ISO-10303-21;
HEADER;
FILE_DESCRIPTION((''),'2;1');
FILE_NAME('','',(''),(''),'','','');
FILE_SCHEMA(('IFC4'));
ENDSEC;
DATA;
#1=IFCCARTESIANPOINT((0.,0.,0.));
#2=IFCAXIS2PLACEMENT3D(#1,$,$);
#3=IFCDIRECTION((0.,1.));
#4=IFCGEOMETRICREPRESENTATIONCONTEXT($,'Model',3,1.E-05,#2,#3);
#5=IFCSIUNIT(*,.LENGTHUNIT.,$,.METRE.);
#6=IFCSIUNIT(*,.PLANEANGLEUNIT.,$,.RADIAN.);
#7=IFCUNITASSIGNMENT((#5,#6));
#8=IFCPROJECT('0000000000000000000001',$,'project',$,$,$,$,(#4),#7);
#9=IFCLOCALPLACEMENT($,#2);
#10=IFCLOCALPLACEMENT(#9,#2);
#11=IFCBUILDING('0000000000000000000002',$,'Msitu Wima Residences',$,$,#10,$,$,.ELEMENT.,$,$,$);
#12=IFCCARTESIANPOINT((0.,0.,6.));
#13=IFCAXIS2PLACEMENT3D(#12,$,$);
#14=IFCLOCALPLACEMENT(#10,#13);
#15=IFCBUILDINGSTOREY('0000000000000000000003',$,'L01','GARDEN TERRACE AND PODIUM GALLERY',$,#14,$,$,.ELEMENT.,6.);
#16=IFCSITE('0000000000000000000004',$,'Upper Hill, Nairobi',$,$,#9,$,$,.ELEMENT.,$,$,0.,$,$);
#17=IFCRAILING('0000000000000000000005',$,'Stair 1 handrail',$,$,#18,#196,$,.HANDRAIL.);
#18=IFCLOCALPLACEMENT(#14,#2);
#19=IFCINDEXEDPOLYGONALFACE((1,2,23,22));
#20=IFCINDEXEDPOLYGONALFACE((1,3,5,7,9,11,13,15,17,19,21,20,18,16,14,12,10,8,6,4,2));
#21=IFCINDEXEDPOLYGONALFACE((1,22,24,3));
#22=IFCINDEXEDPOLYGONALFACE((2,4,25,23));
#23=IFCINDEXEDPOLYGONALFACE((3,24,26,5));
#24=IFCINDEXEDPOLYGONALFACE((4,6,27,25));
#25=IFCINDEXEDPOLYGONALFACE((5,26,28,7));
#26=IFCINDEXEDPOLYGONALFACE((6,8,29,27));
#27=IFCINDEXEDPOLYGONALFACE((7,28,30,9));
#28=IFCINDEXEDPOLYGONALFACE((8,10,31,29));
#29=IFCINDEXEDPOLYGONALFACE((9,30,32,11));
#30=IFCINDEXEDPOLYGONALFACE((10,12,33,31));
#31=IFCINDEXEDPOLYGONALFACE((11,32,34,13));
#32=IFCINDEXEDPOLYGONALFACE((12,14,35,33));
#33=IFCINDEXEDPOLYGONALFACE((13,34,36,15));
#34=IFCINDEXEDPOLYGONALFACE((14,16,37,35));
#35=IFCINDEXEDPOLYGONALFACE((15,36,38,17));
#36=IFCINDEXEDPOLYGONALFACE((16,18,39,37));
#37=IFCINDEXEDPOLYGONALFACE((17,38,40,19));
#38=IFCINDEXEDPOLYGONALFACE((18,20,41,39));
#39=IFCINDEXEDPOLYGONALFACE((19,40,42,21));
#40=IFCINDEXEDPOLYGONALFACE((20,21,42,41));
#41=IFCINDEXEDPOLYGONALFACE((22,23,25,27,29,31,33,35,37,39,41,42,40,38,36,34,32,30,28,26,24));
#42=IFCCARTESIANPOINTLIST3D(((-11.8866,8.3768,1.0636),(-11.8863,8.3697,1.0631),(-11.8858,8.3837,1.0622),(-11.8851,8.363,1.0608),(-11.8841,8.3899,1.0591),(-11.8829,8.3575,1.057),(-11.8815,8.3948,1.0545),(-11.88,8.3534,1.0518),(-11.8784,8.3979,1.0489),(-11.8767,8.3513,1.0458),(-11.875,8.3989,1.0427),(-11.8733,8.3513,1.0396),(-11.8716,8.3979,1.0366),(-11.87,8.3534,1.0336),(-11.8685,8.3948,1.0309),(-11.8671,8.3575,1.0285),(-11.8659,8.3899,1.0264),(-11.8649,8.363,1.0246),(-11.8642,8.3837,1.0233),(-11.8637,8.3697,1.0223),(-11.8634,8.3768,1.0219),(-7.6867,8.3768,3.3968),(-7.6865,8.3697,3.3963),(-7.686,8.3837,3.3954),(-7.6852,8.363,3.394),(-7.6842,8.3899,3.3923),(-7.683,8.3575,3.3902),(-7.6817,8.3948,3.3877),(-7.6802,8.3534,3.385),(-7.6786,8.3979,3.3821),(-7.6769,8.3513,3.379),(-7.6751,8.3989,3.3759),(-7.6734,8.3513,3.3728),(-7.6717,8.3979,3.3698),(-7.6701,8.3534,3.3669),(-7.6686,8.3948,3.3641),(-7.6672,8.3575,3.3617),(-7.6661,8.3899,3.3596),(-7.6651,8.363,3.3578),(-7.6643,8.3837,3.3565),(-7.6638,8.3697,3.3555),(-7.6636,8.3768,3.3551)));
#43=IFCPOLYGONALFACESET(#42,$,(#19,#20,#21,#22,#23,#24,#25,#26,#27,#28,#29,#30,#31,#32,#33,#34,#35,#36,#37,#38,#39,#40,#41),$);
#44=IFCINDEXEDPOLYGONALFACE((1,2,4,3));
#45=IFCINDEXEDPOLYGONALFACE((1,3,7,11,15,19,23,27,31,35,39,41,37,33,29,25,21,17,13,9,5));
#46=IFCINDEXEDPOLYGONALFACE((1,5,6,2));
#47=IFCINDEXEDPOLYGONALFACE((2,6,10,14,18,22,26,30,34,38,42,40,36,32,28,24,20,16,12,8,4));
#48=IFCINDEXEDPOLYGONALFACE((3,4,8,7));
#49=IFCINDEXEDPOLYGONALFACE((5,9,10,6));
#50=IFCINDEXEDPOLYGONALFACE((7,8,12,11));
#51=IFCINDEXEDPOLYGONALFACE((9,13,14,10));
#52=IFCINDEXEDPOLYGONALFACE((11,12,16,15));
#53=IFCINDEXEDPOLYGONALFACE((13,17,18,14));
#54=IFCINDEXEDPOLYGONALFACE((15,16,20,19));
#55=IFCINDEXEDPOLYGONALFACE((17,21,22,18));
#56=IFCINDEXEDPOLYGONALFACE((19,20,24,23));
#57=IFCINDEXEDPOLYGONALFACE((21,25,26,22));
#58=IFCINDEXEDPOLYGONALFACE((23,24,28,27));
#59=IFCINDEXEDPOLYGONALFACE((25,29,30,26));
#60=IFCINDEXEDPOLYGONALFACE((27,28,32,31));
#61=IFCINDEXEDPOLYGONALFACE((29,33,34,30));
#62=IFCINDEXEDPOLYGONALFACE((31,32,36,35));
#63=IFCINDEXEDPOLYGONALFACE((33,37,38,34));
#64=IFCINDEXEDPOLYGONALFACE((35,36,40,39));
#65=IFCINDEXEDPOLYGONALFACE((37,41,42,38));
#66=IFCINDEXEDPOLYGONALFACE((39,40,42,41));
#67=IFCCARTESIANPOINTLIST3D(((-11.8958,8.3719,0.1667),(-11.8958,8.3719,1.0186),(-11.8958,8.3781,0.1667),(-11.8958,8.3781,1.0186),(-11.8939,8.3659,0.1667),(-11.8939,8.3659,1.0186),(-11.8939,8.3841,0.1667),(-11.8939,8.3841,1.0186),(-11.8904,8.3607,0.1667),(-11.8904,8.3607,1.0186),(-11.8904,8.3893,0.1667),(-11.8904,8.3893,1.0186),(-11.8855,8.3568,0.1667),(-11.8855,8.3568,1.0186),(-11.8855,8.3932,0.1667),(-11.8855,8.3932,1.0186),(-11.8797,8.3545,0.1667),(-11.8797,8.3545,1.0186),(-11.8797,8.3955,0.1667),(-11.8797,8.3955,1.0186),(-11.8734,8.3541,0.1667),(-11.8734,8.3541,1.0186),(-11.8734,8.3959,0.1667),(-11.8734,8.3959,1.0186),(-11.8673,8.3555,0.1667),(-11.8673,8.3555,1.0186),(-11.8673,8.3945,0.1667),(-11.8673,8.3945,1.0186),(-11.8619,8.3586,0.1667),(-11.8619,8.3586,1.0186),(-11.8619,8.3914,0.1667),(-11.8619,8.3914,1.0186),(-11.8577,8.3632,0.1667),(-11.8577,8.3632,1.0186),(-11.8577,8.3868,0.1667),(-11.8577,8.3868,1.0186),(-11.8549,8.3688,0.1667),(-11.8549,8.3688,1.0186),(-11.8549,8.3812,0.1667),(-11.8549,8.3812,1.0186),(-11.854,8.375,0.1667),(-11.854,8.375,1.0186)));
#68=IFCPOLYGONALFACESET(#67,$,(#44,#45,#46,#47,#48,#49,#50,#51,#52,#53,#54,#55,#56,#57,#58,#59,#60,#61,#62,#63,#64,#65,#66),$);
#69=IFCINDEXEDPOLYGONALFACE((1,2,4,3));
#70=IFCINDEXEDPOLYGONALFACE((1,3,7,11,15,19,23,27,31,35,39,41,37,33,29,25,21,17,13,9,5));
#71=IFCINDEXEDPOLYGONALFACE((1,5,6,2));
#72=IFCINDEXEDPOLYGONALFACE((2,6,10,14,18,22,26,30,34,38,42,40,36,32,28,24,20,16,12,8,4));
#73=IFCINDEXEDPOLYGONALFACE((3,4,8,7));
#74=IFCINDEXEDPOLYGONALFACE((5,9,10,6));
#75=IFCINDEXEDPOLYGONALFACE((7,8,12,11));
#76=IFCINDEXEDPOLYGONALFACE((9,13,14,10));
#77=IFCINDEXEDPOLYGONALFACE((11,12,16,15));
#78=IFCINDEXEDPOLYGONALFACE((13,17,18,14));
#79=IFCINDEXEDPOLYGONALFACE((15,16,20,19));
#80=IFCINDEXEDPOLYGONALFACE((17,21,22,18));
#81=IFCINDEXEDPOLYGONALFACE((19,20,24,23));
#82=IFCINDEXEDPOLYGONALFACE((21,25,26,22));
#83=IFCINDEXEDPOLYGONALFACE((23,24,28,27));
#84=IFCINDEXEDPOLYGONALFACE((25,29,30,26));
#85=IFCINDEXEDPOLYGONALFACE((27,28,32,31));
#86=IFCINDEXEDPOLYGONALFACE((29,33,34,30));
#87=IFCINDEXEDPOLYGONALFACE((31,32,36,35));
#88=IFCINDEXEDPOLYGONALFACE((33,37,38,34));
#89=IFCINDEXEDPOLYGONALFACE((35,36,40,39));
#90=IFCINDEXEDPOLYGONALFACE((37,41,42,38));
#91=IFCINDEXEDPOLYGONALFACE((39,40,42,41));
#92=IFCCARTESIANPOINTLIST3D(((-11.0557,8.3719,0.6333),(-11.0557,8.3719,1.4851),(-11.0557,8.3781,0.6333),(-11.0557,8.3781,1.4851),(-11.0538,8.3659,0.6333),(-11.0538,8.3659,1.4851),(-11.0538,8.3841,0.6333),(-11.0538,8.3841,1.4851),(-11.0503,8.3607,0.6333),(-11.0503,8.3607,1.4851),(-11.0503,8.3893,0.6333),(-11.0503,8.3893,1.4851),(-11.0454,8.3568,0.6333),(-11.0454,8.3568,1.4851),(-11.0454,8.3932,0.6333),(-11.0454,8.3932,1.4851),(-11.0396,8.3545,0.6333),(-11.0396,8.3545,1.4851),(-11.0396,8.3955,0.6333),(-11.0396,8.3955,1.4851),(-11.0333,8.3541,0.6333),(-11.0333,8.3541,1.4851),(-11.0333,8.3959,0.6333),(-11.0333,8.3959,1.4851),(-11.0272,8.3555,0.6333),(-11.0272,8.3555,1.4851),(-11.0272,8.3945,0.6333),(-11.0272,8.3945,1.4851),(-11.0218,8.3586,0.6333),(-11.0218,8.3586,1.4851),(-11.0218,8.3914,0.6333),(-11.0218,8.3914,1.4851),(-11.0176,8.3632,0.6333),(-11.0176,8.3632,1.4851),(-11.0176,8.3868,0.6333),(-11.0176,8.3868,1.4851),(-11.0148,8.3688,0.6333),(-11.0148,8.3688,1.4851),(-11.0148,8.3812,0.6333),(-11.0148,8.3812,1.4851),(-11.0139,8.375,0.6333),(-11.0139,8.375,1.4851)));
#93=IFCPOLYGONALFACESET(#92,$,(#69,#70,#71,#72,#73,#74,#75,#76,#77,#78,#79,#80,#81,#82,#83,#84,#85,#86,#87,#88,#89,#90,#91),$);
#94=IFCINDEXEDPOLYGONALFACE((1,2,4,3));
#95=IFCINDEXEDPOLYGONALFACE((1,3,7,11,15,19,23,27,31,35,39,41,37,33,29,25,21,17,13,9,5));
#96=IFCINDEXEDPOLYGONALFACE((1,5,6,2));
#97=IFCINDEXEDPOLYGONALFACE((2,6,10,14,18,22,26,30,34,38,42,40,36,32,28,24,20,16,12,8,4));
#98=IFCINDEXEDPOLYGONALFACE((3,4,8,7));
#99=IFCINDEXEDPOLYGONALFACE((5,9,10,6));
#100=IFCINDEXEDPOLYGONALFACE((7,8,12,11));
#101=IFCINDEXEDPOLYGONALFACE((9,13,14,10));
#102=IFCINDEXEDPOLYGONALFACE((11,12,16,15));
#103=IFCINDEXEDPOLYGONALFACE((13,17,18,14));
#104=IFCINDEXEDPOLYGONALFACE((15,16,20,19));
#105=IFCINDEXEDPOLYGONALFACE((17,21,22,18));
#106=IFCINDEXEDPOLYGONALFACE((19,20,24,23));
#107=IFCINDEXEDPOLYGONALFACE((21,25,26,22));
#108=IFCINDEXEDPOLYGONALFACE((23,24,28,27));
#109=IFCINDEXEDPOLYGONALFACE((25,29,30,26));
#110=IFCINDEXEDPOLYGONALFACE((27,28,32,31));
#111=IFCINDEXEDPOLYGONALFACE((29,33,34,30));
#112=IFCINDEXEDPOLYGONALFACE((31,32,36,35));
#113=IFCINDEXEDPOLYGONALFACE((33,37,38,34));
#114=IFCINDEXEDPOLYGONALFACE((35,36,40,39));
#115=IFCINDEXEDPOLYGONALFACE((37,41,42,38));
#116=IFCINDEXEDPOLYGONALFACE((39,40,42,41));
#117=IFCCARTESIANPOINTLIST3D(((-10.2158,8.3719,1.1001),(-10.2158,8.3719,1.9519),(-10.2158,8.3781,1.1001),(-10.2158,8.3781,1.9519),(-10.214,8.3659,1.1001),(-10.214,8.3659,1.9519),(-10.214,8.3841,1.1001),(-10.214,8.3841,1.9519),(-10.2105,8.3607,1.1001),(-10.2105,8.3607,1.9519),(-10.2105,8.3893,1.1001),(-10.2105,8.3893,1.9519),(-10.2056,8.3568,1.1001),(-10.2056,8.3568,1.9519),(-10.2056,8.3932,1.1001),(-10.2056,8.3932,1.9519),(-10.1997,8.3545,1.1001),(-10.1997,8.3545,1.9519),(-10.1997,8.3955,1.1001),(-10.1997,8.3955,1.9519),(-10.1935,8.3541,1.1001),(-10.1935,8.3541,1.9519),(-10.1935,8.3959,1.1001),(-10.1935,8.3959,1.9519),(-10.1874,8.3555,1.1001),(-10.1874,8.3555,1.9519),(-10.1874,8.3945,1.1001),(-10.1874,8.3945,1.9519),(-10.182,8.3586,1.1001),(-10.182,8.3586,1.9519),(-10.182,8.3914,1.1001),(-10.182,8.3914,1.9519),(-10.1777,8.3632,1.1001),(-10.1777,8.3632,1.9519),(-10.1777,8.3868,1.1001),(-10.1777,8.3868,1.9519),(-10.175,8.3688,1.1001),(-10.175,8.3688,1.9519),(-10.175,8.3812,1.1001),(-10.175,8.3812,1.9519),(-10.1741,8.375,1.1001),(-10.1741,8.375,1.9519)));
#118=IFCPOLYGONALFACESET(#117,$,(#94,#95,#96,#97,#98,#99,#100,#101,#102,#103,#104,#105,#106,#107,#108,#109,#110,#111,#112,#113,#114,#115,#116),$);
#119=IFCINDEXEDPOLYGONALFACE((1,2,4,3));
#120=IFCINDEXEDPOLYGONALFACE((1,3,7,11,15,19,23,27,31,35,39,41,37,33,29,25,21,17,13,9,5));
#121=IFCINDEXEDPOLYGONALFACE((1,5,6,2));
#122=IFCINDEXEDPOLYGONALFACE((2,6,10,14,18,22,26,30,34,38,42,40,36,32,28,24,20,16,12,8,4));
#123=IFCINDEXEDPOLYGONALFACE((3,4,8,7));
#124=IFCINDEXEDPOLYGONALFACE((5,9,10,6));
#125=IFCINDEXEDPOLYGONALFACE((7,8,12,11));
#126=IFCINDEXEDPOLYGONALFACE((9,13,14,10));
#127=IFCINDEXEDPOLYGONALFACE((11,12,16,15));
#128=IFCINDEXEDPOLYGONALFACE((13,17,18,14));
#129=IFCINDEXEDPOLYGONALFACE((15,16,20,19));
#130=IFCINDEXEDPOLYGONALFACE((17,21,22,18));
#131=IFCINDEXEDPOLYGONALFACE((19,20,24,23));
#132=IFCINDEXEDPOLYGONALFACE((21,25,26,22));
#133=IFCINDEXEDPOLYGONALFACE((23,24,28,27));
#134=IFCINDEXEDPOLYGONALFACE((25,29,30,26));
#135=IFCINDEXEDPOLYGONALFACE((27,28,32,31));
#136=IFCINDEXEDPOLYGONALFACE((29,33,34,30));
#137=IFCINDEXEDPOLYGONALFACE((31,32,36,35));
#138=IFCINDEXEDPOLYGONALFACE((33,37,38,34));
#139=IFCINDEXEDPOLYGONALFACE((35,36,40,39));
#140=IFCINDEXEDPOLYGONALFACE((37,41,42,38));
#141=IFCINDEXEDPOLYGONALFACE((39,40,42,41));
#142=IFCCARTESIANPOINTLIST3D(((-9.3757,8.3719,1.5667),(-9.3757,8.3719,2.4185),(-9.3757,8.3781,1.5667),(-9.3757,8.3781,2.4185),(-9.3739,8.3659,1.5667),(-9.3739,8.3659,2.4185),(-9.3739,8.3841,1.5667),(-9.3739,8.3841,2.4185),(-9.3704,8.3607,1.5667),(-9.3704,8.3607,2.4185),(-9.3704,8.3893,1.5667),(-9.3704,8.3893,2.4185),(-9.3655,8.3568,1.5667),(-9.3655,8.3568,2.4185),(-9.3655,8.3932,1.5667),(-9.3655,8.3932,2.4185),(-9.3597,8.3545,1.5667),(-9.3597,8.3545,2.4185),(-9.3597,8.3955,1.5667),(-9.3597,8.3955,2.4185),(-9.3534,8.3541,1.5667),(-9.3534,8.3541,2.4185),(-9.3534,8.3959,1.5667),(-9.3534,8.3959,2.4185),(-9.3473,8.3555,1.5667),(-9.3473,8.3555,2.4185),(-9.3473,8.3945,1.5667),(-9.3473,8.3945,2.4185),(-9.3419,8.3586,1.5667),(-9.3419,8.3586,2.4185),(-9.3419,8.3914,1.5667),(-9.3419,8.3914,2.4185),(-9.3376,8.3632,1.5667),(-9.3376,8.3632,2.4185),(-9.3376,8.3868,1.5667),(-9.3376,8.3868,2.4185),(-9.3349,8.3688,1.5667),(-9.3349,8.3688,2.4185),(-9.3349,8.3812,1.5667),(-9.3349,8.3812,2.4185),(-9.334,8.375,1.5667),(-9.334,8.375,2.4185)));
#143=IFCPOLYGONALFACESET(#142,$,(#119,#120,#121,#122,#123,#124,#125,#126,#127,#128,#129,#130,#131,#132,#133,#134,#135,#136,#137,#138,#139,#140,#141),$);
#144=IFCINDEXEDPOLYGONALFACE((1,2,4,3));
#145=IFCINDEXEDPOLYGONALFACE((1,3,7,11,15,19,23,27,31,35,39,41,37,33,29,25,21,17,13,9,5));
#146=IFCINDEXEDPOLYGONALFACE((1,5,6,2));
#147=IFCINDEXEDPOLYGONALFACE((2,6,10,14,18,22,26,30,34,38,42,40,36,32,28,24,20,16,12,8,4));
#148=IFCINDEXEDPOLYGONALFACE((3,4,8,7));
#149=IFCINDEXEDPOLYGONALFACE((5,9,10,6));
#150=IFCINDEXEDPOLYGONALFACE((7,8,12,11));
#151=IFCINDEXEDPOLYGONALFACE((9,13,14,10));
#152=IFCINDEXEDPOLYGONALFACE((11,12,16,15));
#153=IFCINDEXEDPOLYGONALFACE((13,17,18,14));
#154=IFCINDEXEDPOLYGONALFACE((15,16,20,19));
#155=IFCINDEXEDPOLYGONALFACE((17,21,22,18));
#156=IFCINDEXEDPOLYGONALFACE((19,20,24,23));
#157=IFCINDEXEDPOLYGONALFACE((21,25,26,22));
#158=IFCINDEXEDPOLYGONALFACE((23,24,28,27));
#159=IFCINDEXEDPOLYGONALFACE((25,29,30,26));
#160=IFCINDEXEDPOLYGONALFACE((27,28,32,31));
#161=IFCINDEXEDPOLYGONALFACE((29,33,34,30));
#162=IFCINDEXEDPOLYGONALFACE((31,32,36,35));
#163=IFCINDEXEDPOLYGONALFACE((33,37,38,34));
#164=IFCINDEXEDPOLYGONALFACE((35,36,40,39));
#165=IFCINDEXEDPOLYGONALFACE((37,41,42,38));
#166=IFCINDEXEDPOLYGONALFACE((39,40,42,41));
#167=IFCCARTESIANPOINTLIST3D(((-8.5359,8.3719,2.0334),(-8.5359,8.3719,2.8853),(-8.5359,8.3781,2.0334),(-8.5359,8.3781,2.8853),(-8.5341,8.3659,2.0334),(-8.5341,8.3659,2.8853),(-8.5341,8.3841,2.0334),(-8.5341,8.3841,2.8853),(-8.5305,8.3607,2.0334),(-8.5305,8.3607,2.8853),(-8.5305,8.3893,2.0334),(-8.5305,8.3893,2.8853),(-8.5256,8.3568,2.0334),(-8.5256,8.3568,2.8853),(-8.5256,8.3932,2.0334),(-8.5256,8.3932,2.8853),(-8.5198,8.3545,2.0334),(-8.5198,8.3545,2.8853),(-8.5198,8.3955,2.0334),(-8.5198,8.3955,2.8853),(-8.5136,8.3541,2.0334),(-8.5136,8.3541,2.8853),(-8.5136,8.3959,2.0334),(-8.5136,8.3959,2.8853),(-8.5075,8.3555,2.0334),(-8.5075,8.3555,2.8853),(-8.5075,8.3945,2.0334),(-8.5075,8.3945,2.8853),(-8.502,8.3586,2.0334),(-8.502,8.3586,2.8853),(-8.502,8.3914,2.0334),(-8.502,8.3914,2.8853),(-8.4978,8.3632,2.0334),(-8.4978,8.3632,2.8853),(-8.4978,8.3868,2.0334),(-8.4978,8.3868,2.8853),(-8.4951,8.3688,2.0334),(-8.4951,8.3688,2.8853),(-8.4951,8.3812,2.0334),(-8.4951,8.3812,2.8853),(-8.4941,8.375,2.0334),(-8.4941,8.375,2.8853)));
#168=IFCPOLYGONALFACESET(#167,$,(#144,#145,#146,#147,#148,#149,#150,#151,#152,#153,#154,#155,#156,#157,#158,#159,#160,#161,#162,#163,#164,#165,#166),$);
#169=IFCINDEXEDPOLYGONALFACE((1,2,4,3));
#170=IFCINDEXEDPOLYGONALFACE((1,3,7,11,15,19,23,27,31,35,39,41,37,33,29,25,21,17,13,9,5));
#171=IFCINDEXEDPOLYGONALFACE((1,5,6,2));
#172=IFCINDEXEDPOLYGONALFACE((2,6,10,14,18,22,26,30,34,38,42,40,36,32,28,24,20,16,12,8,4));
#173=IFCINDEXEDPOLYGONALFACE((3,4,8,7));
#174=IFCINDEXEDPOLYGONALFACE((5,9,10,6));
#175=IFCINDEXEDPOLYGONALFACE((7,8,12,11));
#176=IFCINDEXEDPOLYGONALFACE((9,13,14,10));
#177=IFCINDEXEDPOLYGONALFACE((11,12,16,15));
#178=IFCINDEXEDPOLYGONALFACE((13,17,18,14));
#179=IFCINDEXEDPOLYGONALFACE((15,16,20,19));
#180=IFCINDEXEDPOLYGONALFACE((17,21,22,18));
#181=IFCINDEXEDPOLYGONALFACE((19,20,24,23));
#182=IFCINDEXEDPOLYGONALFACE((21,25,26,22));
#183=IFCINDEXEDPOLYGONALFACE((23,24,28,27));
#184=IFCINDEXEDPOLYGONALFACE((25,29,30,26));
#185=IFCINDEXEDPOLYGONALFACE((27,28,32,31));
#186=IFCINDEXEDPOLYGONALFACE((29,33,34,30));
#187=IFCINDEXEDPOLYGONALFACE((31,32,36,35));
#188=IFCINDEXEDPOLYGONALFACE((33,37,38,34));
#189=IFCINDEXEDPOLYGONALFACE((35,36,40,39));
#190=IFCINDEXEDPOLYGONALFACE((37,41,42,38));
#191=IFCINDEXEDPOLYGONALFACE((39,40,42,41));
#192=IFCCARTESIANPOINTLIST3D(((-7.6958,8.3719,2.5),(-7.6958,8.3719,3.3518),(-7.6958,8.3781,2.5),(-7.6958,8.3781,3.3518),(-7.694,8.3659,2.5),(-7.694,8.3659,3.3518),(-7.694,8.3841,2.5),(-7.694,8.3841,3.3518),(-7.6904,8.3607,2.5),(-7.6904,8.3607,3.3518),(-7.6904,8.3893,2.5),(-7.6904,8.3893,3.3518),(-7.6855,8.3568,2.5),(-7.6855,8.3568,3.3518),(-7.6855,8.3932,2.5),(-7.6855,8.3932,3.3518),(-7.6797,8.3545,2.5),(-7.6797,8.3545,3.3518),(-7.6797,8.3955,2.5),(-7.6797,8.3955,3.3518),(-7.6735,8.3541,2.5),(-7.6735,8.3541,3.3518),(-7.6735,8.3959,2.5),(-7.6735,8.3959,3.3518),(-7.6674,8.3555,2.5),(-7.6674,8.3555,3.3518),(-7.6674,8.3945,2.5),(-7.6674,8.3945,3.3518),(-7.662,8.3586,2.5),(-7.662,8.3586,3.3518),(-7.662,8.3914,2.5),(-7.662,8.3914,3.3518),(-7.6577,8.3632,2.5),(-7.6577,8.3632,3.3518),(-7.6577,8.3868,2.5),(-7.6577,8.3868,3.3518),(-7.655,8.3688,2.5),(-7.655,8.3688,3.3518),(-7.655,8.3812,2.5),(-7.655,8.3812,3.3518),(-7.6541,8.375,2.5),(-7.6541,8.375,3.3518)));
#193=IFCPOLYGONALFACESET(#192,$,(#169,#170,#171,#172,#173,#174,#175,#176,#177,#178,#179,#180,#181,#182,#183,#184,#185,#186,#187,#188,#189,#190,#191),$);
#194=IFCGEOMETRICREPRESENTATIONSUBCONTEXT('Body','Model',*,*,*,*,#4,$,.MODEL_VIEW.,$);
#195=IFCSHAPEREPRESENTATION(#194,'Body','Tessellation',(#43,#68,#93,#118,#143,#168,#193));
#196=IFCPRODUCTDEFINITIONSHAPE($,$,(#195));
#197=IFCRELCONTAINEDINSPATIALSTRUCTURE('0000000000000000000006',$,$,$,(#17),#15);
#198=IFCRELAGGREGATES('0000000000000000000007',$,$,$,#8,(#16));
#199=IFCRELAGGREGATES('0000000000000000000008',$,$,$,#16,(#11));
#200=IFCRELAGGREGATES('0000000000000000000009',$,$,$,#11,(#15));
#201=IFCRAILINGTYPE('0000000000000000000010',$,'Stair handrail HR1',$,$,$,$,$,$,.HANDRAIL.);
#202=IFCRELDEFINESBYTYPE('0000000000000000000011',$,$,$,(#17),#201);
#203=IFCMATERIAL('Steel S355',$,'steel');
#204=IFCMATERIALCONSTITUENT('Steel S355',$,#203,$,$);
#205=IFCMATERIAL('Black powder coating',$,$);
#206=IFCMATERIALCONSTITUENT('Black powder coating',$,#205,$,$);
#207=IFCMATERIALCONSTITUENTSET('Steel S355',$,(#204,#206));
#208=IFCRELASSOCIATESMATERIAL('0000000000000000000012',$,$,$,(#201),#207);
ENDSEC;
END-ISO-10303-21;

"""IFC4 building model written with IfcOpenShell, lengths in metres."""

from ifc_helpers import new_model, si_unit, direction, frame, origin, origin_2d, place, context, subcontext, project, spatial, circle, extrude, material, constituent, constituent_set, type_object, element, save


model = new_model("IFC4")

# Units and contexts
model_context = context("Model", 3, precision=1e-05, world=origin(), true_north=direction((0.0, 1.0)))
body_context = subcontext(model_context, "Body", "Model", "MODEL_VIEW")
ifc_project = project(units=[si_unit("LENGTHUNIT", "METRE"), si_unit("PLANEANGLEUNIT", "RADIAN")], contexts=[model_context])

# Site, building, storey
site_placement = place(None, origin())
site = spatial("IfcSite", under=ifc_project, at=site_placement, Name="Upper Hill, Nairobi", CompositionType="ELEMENT", RefElevation=0.0)
building_placement = place(site_placement, origin())
building = spatial("IfcBuilding", under=site, at=building_placement, Name="Msitu Wima Residences", CompositionType="ELEMENT")
storey_placement = place(building_placement, frame((0.0, 0.0, 6.0)))
storey = spatial("IfcBuildingStorey", under=building, at=storey_placement, Name="L01", Description="GARDEN TERRACE AND PODIUM GALLERY", CompositionType="ELEMENT", Elevation=6.0)

# Railing
ifc_material_1 = material(Name="Steel S355", Category="steel")
ifc_constituent_1 = constituent(ifc_material_1, Name="Steel S355")
ifc_material_2 = material(Name="Black powder coating")
ifc_constituent_2 = constituent(ifc_material_2, Name="Black powder coating")
ifc_constituent_set = constituent_set(constituents=[ifc_constituent_1, ifc_constituent_2], Name="Steel S355")
railing_type = type_object("IfcRailingType", Name="Stair handrail HR1", PredefinedType="HANDRAIL", material=ifc_constituent_set)
railing_1_placement = place(storey_placement, frame((-11.875, 8.375, 0.1667)))
element("IfcRailing", 1, at=railing_1_placement, inside=storey, type_object=railing_type, Name="Stair 1 handrail", PredefinedType="HANDRAIL", context=body_context, shape_type="SweptSolid", body=[
    extrude(circle(Radius=0.0239, at=origin_2d()), frame((0.0, 0.0, 0.876), z_axis=(0.874162, 0.0, 0.485634), x_axis=(0.0, 1.0, 0.0)), (0.0, 0.0, 1.0), 4.8044),
    extrude(circle(Radius=0.021, at=origin_2d()), origin(), (0.0, 0.0, 1.0), 0.8518),
    extrude(circle(Radius=0.021, at=origin_2d()), frame((0.8401, 0.0, 0.4666)), (0.0, 0.0, 1.0), 0.8518),
    extrude(circle(Radius=0.021, at=origin_2d()), frame((1.6799, 0.0, 0.9333)), (0.0, 0.0, 1.0), 0.8518),
    extrude(circle(Radius=0.021, at=origin_2d()), frame((2.52, 0.0, 1.3999)), (0.0, 0.0, 1.0), 0.8518),
    extrude(circle(Radius=0.021, at=origin_2d()), frame((3.3599, 0.0, 1.8667)), (0.0, 0.0, 1.0), 0.8518),
    extrude(circle(Radius=0.021, at=origin_2d()), frame((4.2, 0.0, 2.3333)), (0.0, 0.0, 1.0), 0.8518),
])

save(model, "model.ifc")
